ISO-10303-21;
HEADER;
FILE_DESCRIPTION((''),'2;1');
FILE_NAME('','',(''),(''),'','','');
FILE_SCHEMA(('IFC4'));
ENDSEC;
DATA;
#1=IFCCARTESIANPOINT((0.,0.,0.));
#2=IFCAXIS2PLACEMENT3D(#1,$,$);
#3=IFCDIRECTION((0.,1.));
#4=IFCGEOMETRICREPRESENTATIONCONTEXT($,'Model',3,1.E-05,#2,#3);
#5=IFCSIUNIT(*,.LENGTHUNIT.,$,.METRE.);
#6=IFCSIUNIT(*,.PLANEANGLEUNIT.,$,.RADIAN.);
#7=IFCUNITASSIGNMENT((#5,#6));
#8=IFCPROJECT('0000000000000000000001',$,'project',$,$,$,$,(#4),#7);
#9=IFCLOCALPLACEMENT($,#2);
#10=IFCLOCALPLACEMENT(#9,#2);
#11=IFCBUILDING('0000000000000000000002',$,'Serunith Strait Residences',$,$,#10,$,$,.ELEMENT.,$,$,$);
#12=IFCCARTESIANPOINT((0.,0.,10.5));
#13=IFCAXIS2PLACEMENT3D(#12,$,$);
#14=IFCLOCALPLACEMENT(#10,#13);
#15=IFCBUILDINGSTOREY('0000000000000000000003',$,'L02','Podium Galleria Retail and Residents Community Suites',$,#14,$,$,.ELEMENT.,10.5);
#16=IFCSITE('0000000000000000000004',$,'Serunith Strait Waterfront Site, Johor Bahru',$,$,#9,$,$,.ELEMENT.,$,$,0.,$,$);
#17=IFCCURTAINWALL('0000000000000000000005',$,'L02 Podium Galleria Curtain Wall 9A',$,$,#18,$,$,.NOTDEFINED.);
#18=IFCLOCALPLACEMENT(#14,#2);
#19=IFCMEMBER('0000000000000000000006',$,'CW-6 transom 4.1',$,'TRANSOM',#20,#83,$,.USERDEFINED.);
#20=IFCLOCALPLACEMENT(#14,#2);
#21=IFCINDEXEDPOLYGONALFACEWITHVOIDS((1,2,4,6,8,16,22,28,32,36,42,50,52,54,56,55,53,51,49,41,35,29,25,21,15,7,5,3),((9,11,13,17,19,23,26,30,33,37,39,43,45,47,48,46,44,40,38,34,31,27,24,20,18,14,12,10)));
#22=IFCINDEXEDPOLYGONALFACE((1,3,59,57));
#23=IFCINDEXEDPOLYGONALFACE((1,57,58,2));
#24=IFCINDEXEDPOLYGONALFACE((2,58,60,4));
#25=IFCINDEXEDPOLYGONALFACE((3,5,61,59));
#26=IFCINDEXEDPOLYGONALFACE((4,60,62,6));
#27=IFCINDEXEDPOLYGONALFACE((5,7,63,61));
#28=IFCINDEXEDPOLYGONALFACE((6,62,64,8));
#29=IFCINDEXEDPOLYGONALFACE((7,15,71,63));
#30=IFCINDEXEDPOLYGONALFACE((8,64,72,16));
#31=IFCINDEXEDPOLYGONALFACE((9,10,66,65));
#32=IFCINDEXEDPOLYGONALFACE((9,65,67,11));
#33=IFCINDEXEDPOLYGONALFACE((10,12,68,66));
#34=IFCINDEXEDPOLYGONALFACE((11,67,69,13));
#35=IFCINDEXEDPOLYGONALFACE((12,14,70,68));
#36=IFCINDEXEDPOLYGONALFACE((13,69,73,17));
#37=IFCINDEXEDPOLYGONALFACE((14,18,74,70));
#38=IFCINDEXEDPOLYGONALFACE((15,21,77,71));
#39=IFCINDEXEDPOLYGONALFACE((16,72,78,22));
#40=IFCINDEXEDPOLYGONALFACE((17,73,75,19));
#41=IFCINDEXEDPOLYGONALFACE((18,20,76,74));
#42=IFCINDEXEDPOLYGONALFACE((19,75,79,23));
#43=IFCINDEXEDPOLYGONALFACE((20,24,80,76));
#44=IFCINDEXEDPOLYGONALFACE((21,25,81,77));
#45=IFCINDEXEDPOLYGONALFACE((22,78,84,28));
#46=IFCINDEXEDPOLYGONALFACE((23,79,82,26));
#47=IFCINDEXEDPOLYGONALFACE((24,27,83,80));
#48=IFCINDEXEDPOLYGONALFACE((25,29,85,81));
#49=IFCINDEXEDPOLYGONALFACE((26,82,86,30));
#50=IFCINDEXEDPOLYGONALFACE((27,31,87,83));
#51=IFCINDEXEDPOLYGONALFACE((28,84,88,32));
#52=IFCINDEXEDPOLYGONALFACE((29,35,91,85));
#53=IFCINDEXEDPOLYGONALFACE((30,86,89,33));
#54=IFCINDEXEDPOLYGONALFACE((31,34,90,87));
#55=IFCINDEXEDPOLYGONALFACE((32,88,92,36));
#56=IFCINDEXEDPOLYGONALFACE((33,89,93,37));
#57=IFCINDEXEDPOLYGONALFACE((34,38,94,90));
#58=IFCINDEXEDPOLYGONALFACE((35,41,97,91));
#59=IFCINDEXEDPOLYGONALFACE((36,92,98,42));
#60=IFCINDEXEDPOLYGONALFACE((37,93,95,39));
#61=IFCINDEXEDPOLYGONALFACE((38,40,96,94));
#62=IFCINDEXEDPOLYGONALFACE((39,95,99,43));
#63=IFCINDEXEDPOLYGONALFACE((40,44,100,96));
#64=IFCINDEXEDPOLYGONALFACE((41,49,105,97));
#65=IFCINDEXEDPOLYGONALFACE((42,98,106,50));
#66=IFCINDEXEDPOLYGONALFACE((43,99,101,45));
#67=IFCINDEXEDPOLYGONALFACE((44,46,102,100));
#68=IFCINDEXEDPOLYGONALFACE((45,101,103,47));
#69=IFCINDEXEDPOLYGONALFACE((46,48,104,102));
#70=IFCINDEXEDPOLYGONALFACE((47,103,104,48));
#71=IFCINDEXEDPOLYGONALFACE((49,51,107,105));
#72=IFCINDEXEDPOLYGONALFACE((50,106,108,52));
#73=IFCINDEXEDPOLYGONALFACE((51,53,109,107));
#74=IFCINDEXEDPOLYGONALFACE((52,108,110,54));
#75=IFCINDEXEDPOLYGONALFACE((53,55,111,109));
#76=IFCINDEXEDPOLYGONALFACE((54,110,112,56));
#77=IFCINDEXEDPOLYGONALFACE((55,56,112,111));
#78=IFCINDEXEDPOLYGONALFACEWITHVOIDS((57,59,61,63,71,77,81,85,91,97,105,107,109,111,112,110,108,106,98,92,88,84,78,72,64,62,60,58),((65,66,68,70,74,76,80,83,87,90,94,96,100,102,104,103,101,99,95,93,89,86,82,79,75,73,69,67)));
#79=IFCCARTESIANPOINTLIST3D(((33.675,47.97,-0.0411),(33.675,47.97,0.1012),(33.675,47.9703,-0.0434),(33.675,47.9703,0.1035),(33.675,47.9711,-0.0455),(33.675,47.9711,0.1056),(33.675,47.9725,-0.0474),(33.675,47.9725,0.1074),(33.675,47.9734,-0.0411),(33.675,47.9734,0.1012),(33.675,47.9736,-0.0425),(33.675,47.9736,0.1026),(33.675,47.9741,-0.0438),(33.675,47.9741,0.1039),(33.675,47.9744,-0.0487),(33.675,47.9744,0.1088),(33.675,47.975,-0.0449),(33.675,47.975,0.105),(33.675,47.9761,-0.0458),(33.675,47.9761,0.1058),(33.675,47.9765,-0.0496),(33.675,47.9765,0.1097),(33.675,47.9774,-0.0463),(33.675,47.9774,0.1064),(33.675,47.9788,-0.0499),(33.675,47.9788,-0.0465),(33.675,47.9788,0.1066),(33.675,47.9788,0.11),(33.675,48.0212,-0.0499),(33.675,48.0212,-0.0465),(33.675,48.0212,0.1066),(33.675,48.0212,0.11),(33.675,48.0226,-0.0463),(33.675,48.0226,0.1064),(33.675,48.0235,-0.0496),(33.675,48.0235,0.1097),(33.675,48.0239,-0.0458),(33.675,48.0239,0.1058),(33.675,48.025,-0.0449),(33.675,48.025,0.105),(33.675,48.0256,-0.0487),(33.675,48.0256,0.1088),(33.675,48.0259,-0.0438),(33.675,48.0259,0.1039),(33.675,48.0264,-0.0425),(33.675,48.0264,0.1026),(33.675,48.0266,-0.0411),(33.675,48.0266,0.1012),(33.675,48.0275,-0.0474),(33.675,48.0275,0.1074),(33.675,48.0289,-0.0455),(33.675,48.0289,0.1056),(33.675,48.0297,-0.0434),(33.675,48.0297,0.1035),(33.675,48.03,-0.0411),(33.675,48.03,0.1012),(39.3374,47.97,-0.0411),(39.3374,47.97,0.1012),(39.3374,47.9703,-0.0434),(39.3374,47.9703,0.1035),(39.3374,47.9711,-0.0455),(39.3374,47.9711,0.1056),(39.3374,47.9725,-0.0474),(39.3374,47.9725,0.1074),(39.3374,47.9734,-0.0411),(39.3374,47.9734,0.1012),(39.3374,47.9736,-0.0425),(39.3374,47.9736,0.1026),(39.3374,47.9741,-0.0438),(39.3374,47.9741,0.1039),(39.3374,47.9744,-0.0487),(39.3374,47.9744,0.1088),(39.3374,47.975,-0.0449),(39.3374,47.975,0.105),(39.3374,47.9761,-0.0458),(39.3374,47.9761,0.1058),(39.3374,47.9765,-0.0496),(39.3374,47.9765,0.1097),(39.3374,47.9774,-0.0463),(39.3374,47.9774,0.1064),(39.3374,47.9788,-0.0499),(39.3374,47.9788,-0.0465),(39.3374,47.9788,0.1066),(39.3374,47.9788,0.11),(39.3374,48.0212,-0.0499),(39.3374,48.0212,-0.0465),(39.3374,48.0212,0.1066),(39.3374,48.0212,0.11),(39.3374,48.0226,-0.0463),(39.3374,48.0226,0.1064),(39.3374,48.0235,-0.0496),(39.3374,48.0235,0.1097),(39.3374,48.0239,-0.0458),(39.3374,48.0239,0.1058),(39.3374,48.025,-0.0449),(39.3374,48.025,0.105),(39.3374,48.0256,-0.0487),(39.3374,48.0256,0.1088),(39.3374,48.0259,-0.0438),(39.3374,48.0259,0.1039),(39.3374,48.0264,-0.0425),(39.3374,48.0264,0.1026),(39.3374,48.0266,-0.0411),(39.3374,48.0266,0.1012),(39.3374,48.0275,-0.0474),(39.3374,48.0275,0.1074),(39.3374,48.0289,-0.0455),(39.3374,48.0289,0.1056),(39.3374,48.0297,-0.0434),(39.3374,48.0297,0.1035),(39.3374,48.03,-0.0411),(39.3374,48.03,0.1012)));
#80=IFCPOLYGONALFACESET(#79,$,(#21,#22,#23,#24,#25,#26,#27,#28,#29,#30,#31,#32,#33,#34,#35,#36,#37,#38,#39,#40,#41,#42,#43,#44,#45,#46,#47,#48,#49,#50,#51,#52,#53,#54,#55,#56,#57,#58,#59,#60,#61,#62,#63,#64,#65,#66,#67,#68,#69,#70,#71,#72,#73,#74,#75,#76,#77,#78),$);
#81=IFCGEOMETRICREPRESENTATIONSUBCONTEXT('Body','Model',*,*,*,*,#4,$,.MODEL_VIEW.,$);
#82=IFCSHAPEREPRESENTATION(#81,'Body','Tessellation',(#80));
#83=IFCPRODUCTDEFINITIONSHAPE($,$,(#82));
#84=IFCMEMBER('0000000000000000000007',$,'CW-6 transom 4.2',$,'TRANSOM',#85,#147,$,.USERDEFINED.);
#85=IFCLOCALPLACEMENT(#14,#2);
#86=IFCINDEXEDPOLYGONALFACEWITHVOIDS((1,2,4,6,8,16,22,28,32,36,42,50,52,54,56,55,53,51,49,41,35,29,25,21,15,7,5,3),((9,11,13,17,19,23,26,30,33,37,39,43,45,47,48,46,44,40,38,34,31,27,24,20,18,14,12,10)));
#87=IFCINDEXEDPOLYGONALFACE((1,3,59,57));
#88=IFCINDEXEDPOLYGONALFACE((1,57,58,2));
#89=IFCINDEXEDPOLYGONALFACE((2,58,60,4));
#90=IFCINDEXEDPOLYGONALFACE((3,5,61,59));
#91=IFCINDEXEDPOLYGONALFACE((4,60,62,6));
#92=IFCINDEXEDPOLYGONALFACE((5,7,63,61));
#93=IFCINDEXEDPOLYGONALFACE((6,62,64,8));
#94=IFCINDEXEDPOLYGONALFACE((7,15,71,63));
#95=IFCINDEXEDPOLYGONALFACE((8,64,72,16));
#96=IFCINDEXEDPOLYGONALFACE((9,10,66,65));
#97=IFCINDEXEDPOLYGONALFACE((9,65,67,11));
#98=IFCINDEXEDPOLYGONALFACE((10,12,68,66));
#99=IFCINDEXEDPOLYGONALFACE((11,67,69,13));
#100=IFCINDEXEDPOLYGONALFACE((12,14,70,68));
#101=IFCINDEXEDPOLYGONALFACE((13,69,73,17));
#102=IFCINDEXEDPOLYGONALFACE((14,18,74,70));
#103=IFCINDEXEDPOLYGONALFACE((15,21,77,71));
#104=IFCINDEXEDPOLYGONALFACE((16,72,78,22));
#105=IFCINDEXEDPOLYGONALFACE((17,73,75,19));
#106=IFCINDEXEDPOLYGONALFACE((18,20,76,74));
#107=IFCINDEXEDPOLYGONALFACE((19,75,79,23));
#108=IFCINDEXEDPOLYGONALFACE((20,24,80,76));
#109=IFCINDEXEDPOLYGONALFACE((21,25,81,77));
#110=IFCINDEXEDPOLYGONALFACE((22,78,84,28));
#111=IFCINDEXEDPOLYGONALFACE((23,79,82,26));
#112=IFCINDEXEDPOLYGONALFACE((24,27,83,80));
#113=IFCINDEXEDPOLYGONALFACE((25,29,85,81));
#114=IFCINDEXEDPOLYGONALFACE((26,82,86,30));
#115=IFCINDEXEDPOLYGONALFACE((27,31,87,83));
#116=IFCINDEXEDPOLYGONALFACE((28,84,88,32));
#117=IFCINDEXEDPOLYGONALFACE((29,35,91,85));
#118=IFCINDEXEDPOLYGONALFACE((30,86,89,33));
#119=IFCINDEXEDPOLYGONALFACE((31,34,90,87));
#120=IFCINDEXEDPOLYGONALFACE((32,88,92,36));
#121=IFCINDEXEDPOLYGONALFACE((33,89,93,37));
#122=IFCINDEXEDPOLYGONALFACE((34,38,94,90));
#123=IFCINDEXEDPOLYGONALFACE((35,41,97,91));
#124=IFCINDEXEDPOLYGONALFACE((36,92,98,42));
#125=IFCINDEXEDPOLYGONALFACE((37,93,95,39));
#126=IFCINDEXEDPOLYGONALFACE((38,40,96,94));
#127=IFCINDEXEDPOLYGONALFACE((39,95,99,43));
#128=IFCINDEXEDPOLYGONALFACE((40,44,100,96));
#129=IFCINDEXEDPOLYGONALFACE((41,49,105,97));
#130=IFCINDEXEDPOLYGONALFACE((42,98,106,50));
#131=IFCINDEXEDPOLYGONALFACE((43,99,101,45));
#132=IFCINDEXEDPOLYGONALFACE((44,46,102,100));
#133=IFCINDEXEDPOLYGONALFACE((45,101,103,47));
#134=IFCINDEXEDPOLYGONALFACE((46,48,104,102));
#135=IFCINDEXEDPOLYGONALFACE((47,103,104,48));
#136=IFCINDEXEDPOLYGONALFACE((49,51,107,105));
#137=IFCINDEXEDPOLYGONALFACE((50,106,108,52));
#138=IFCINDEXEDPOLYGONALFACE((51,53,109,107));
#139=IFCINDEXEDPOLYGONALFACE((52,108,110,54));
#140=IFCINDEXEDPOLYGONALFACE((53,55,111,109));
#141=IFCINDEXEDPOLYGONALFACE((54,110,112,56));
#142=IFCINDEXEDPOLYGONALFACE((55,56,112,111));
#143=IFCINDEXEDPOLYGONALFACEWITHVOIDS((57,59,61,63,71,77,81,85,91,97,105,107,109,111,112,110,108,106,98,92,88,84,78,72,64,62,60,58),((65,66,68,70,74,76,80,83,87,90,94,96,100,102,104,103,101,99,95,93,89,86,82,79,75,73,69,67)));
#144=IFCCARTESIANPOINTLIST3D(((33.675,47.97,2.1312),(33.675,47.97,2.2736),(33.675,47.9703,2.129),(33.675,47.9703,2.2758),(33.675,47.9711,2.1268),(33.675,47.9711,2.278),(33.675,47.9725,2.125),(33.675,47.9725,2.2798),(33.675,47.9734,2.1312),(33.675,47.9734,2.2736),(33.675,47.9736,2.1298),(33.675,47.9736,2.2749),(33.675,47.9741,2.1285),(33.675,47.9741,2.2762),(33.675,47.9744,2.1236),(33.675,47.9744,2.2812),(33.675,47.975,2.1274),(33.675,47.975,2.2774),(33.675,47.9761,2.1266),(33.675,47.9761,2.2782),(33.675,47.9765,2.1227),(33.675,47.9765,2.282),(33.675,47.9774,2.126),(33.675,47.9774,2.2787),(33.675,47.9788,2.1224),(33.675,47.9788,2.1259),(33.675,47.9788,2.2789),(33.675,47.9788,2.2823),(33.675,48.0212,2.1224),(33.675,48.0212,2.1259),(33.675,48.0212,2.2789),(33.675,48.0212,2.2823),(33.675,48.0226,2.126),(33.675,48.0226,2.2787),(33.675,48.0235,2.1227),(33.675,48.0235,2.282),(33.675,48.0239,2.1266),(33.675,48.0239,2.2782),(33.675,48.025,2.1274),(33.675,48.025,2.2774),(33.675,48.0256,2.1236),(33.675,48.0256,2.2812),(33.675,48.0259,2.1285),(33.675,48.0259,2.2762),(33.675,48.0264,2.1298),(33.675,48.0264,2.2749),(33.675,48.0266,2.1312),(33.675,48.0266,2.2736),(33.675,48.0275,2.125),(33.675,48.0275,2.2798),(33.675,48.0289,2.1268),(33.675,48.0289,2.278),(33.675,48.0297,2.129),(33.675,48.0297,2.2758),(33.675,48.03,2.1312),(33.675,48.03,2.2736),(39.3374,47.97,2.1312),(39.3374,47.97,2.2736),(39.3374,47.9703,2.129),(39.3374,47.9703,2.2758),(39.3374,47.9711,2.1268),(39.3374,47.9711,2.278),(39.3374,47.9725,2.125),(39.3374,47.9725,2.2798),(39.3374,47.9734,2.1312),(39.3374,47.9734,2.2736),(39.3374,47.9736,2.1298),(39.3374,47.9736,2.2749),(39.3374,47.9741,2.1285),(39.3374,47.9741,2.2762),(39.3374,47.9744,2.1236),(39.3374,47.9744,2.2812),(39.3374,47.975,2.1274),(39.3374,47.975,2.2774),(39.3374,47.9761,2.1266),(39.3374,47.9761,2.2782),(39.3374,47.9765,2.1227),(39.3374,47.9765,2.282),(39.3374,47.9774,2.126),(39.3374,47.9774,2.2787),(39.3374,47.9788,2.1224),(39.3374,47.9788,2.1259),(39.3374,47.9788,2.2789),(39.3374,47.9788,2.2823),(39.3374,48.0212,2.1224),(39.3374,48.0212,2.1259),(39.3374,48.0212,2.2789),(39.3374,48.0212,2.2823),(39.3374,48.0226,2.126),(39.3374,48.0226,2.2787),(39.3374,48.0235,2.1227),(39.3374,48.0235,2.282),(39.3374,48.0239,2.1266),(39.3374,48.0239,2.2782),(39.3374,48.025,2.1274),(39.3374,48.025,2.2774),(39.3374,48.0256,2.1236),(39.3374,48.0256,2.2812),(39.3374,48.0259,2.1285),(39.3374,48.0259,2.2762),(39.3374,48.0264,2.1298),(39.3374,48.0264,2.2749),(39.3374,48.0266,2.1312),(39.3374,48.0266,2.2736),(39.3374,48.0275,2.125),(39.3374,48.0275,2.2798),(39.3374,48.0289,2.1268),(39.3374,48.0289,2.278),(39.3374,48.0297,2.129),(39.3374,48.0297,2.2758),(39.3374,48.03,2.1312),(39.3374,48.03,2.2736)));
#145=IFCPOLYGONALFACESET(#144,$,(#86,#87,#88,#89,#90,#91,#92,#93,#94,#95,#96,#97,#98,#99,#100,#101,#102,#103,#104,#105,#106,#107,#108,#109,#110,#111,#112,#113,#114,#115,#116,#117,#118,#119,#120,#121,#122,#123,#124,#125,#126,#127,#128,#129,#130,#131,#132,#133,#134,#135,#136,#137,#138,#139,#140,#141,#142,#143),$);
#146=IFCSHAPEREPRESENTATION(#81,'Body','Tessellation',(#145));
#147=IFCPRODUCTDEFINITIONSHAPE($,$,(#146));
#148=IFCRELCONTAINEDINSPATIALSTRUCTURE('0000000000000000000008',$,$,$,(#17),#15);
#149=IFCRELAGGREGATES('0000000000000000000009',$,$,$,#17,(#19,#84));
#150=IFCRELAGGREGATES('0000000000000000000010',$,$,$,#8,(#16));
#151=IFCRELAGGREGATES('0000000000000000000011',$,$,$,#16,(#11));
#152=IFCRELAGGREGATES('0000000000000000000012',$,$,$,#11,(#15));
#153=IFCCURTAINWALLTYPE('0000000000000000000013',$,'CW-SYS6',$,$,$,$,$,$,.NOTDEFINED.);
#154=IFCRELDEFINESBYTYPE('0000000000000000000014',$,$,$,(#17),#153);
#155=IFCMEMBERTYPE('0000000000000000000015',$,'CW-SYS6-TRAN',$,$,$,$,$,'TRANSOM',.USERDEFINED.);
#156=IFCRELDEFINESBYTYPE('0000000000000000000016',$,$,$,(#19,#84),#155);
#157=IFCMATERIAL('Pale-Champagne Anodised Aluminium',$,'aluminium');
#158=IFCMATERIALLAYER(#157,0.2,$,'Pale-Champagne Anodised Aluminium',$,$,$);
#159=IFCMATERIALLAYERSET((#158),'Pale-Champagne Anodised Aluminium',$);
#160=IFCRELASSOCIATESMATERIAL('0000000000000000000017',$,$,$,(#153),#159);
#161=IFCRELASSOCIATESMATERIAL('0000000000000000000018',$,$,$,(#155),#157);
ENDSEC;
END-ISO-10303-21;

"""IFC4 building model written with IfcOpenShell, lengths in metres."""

from ifc_helpers import new_model, si_unit, direction, frame, origin, origin_2d, place, context, subcontext, project, spatial, hollow_rectangle, extrude, source, transform, mapped, material, layer, layer_set, material_profile, profile_set, type_object, element, aggregate, save


model = new_model("IFC4")

# Units and contexts
model_context = context("Model", 3, precision=1e-05, world=origin(), true_north=direction((0.0, 1.0)))
body_context = subcontext(model_context, "Body", "Model", "MODEL_VIEW")
ifc_project = project(units=[si_unit("LENGTHUNIT", "METRE"), si_unit("PLANEANGLEUNIT", "RADIAN")], contexts=[model_context])

# Site, building, storey
site_placement = place(None, origin())
site = spatial("IfcSite", under=ifc_project, at=site_placement, Name="Serunith Strait Waterfront Site, Johor Bahru", CompositionType="ELEMENT", RefElevation=0.0)
building_placement = place(site_placement, origin())
building = spatial("IfcBuilding", under=site, at=building_placement, Name="Serunith Strait Residences", CompositionType="ELEMENT")
storey_placement = place(building_placement, frame((0.0, 0.0, 10.5)))
storey = spatial("IfcBuildingStorey", under=building, at=storey_placement, Name="L02", Description="Podium Galleria Retail and Residents Community Suites", CompositionType="ELEMENT", Elevation=10.5)

# Curtain wall, members
ifc_material_1 = material(Name="Pale-Champagne Anodised Aluminium", Category="aluminium")
ifc_layer_1 = layer(ifc_material_1, 0.2, Name="Pale-Champagne Anodised Aluminium")
ifc_layer_set_1 = layer_set([ifc_layer_1], Name="Pale-Champagne Anodised Aluminium")
curtain_wall_type = type_object("IfcCurtainWallType", Name="CW-SYS6", PredefinedType="NOTDEFINED", material=ifc_layer_set_1)
ifc_material_profile_1 = material_profile(ifc_material_1, hollow_rectangle(XDim=0.0601, YDim=0.1599, WallThickness=0.0034, InnerFilletRadius=0.0054, OuterFilletRadius=0.0088, at=origin_2d()), Name="ALU 160x60x3.5")
ifc_profile_set_1 = profile_set([ifc_material_profile_1], Name="Pale-Champagne Anodised Aluminium")
member_type_1 = type_object("IfcMemberType", Name="CW-SYS6-TRAN", ElementType="TRANSOM", PredefinedType="USERDEFINED", material=ifc_profile_set_1)
curtain_wall_1_placement = place(storey_placement, origin())
curtain_wall_1 = element("IfcCurtainWall", 1, at=curtain_wall_1_placement, inside=storey, type_object=curtain_wall_type, Name="L02 Podium Galleria Curtain Wall 9A", PredefinedType="NOTDEFINED")
shared_shape_1 = source(origin(), body_context, "Body", "SweptSolid", [
    extrude(hollow_rectangle(XDim=0.0601, YDim=0.1599, WallThickness=0.0034, InnerFilletRadius=0.0054, OuterFilletRadius=0.0088, at=origin_2d()), origin(), (0.0, 0.0, 1.0), 5.6624),
])
member_1_placement = place(storey_placement, frame((39.3374, 48.0, 0.03), z_axis=(-1.0, 0.0, 0.0), x_axis=(0.0, -1.0, 0.0)))
member_1 = element("IfcMember", 2, at=member_1_placement, type_object=member_type_1, Name="CW-6 transom 4.1", ObjectType="TRANSOM", PredefinedType="USERDEFINED", context=body_context, shape_type="MappedRepresentation", body=[
    mapped(shared_shape_1, transform((0.0, 0.0, 0.0), scale=1.0)),
])
member_2_placement = place(storey_placement, frame((39.3374, 48.0, 2.2024), z_axis=(-1.0, 0.0, 0.0), x_axis=(0.0, -1.0, 0.0)))
member_2 = element("IfcMember", 3, at=member_2_placement, type_object=member_type_1, Name="CW-6 transom 4.2", ObjectType="TRANSOM", PredefinedType="USERDEFINED", context=body_context, shape_type="MappedRepresentation", body=[
    mapped(shared_shape_1, transform((0.0, 0.0, 0.0), scale=1.0)),
])

aggregate(curtain_wall_1, [member_1, member_2])

save(model, "model.ifc")
